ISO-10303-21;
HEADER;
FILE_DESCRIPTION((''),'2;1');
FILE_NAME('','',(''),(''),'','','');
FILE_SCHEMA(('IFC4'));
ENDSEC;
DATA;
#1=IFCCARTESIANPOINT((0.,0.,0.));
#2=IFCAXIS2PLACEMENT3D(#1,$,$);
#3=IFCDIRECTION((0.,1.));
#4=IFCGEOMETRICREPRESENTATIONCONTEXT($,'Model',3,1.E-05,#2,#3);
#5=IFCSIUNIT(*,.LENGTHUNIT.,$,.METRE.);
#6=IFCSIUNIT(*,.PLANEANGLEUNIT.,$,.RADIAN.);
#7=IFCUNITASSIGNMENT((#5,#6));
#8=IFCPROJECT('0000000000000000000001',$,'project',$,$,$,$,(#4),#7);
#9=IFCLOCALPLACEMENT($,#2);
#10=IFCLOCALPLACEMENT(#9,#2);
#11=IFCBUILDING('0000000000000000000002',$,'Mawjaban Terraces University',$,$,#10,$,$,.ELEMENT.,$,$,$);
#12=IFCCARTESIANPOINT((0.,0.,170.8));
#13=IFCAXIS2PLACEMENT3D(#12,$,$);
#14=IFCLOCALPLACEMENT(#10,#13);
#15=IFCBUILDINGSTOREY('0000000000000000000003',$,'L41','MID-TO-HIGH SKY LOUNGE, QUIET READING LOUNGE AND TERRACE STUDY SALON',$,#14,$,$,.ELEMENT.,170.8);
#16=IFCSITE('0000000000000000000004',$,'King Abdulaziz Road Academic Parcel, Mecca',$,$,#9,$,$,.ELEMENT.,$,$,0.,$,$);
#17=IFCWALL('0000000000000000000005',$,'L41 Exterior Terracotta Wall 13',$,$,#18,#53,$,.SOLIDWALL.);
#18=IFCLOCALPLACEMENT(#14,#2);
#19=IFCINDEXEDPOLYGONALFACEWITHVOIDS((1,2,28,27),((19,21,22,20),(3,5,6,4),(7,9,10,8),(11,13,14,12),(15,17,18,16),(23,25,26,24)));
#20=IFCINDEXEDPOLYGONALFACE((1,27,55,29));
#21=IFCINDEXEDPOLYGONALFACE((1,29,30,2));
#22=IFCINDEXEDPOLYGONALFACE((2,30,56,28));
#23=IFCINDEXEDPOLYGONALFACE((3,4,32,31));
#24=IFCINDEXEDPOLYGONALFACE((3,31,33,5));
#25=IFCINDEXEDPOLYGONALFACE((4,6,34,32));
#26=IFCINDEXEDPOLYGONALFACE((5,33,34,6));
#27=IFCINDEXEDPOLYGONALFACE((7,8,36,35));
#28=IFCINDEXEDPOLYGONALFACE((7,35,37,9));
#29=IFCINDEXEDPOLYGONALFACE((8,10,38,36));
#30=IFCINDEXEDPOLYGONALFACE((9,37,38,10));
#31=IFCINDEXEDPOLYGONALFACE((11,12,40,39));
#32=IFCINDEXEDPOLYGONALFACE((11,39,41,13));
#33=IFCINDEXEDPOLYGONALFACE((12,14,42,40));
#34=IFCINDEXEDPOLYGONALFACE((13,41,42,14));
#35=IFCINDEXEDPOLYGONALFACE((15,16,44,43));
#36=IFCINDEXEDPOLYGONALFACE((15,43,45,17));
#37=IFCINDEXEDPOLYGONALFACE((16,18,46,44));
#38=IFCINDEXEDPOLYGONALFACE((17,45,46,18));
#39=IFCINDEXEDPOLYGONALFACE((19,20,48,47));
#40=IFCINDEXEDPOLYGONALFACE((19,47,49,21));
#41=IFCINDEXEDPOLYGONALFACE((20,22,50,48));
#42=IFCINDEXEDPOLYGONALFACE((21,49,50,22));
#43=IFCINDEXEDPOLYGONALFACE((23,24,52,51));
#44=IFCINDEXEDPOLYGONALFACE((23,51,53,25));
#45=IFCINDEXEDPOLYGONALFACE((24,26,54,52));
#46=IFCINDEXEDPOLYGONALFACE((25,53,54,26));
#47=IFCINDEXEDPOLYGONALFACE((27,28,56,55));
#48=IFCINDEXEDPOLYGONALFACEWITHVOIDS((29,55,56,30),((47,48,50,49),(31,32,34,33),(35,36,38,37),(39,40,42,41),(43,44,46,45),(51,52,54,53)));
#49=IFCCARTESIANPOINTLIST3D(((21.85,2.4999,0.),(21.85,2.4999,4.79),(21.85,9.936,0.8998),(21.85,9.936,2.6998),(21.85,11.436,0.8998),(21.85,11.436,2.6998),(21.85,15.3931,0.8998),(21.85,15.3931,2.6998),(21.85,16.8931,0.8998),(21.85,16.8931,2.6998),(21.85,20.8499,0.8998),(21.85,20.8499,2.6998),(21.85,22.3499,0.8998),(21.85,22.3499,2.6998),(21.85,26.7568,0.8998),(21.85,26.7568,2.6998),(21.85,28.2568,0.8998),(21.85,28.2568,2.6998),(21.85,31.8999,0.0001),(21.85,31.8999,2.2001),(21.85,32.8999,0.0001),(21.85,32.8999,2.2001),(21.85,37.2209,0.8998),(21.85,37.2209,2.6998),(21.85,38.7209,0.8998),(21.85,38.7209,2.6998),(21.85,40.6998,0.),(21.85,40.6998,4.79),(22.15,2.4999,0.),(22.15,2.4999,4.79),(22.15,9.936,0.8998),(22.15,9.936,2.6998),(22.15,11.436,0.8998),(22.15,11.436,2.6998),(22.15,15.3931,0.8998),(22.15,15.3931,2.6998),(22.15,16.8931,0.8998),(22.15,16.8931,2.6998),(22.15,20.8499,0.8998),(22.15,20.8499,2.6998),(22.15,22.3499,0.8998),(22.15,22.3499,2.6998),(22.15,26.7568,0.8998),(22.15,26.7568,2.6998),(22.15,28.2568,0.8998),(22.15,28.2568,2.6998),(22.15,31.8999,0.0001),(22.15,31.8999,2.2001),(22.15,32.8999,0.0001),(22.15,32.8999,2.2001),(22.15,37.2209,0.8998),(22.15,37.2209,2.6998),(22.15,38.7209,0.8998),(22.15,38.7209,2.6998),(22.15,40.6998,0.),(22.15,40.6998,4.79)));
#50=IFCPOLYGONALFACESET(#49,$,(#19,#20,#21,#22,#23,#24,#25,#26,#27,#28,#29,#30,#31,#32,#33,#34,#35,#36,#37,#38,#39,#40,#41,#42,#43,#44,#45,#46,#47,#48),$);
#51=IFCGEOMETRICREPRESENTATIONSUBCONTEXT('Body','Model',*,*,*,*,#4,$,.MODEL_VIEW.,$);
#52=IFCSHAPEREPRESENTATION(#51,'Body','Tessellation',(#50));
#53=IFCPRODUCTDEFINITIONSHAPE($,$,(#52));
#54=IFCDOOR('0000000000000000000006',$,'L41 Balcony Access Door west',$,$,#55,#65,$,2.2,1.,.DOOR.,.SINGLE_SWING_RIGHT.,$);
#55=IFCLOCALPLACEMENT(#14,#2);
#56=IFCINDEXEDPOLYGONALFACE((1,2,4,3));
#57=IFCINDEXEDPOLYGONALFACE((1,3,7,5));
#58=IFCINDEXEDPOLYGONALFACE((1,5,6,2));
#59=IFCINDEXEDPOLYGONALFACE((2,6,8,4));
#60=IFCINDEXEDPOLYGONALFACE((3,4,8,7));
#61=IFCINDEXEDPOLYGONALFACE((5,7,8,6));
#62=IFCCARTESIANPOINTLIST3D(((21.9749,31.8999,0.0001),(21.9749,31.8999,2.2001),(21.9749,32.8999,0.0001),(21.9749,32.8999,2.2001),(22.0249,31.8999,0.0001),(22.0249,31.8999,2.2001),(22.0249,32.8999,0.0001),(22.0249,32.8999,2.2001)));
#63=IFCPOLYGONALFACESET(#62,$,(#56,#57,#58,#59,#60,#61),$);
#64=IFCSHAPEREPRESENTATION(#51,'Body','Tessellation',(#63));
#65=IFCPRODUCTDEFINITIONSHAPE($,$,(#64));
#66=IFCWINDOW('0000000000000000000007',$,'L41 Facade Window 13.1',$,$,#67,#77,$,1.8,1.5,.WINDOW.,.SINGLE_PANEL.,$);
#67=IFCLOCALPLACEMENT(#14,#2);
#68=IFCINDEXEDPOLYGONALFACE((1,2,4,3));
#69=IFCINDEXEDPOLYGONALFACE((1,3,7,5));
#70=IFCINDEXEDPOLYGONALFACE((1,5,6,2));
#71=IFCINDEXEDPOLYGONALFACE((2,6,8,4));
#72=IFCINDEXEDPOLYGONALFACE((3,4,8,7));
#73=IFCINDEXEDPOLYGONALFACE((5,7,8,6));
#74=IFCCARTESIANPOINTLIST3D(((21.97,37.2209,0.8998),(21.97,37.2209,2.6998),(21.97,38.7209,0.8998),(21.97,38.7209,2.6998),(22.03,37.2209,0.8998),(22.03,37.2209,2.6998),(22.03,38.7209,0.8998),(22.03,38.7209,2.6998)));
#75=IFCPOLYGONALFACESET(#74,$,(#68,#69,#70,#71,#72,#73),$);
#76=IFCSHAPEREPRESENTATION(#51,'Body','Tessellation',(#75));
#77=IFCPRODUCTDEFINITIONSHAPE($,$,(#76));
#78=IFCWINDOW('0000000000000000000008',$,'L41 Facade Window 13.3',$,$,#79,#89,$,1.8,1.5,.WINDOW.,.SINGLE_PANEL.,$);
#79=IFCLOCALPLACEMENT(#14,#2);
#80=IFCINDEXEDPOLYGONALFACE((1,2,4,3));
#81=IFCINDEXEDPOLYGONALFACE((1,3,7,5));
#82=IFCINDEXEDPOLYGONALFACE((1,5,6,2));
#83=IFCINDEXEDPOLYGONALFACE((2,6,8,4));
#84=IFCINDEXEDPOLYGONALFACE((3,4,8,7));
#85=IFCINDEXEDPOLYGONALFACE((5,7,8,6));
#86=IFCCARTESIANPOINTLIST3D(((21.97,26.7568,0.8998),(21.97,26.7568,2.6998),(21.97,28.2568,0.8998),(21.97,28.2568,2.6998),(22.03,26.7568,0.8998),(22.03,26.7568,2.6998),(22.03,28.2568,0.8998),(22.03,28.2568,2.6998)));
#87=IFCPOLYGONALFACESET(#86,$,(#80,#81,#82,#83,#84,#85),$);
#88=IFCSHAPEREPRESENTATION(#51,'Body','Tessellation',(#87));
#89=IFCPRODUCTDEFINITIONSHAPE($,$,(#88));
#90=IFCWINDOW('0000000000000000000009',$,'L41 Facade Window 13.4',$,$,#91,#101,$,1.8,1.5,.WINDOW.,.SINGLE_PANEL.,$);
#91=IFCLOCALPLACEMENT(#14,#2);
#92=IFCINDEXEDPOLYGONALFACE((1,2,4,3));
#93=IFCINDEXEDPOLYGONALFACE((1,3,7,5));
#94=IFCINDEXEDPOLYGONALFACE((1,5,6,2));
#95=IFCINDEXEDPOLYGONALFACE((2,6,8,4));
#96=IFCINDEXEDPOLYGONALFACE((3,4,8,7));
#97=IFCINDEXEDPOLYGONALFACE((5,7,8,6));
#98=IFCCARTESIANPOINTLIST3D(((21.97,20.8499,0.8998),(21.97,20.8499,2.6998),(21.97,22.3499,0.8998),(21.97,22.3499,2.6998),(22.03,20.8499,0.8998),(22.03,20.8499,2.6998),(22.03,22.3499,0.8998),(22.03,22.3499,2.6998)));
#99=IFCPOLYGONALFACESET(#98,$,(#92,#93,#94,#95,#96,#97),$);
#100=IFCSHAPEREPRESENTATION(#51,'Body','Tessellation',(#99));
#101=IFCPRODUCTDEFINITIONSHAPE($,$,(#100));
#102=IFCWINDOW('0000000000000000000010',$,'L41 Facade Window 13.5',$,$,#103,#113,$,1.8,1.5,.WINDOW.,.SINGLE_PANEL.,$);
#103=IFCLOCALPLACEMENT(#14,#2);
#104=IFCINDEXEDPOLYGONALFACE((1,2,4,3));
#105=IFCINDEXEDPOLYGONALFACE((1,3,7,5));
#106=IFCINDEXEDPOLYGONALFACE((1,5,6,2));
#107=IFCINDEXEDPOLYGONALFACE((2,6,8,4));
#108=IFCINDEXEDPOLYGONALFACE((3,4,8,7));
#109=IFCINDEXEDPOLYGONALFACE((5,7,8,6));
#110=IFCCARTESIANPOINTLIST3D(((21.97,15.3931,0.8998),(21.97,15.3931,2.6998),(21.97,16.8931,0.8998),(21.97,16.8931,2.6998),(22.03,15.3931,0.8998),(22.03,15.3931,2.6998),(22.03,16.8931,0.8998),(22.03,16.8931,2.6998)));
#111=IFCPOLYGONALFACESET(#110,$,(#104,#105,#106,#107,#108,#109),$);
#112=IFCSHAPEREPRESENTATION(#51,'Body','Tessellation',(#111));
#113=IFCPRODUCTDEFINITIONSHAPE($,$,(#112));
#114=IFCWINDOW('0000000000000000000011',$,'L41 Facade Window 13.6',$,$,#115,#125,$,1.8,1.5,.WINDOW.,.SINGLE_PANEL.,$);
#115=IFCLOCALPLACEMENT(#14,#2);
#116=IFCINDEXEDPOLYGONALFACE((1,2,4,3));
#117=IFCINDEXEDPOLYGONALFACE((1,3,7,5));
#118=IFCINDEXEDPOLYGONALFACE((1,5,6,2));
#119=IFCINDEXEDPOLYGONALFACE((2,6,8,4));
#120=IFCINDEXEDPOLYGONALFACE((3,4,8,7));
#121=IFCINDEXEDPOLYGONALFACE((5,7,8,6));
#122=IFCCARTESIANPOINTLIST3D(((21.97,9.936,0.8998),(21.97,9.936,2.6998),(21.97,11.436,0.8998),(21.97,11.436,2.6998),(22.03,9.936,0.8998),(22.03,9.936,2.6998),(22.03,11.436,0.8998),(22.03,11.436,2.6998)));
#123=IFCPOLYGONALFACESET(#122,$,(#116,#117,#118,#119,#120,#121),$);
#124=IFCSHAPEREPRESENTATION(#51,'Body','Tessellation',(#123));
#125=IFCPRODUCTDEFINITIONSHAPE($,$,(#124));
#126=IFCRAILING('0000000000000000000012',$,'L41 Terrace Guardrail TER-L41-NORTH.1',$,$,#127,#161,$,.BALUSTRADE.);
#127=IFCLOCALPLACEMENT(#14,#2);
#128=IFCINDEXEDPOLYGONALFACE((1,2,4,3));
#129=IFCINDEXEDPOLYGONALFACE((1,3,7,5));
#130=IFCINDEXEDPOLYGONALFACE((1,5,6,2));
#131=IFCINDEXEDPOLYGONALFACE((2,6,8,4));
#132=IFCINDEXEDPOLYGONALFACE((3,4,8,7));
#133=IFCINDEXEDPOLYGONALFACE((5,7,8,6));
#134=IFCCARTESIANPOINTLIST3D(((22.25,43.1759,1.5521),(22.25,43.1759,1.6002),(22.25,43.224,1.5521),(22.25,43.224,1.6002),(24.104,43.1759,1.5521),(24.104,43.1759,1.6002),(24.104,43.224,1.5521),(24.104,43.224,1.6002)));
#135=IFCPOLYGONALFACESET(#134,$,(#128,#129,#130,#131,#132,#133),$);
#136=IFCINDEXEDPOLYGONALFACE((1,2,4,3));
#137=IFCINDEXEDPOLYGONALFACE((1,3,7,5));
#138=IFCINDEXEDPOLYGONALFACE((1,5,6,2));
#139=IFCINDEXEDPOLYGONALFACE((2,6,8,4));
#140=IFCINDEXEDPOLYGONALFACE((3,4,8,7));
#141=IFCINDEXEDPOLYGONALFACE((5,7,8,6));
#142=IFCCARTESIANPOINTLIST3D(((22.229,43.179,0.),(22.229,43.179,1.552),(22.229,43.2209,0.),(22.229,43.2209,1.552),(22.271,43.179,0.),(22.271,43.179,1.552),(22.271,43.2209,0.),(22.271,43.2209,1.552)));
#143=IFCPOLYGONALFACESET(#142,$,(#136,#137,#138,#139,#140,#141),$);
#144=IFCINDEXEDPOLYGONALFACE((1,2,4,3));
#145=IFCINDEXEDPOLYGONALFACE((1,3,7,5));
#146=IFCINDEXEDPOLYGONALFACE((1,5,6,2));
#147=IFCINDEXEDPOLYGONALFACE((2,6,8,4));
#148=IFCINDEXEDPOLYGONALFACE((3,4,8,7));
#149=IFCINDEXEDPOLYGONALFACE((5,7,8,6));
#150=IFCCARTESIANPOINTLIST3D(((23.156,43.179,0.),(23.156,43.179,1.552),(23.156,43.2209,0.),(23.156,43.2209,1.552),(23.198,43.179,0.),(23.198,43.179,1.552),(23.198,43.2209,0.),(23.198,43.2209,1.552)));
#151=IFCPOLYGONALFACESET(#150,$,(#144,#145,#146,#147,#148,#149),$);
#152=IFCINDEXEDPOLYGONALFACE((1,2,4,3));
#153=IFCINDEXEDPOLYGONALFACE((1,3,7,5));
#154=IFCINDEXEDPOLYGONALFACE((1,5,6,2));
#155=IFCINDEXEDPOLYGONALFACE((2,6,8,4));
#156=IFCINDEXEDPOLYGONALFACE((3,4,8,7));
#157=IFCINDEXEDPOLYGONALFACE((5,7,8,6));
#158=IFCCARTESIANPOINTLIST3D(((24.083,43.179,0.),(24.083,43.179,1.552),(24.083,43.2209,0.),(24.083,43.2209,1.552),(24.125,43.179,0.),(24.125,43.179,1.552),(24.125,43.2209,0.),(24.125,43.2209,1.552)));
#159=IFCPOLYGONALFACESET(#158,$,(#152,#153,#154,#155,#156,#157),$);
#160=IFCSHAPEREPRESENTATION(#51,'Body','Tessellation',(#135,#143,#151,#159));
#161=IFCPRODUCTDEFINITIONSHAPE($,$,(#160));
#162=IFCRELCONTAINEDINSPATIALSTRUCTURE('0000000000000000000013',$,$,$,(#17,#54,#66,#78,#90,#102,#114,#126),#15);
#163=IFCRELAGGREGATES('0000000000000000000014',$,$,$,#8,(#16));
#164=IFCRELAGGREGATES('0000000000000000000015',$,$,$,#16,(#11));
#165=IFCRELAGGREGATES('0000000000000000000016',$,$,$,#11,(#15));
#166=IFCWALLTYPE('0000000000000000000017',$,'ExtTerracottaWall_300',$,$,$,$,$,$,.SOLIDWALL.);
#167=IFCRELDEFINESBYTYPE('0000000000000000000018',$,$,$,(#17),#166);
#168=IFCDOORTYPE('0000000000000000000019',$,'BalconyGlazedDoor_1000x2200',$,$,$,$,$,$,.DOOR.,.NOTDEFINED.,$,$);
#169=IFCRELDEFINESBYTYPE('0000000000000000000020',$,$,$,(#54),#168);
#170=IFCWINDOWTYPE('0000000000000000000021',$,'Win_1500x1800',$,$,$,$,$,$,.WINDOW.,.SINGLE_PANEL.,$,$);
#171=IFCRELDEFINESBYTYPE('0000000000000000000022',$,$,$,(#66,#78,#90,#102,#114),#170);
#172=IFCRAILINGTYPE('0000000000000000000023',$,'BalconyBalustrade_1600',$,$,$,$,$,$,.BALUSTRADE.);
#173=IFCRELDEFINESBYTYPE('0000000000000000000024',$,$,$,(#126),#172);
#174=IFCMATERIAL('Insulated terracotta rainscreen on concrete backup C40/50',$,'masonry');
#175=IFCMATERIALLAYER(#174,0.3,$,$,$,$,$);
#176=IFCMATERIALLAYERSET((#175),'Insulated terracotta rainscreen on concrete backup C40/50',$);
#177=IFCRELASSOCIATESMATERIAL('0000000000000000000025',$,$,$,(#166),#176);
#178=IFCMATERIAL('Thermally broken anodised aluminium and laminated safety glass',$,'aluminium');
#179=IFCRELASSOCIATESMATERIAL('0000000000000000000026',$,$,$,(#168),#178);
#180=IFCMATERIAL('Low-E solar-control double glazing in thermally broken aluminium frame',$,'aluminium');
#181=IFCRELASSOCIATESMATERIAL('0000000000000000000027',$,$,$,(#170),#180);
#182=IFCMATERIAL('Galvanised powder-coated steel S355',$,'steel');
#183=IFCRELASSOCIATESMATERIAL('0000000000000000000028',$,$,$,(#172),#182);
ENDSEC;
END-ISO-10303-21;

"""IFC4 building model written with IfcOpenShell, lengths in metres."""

from ifc_helpers import new_model, si_unit, direction, frame, frame_2d, origin, origin_2d, place, context, subcontext, project, spatial, rectangle, extrude, material, layer, layer_set, type_object, element, fill, save


model = new_model("IFC4")

# Units and contexts
model_context = context("Model", 3, precision=1e-05, world=origin(), true_north=direction((0.0, 1.0)))
body_context = subcontext(model_context, "Body", "Model", "MODEL_VIEW")
ifc_project = project(units=[si_unit("LENGTHUNIT", "METRE"), si_unit("PLANEANGLEUNIT", "RADIAN")], contexts=[model_context])

# Site, building, storey
site_placement = place(None, origin())
site = spatial("IfcSite", under=ifc_project, at=site_placement, Name="King Abdulaziz Road Academic Parcel, Mecca", CompositionType="ELEMENT", RefElevation=0.0)
building_placement = place(site_placement, origin())
building = spatial("IfcBuilding", under=site, at=building_placement, Name="Mawjaban Terraces University", CompositionType="ELEMENT")
storey_placement = place(building_placement, frame((0.0, 0.0, 170.8)))
storey = spatial("IfcBuildingStorey", under=building, at=storey_placement, Name="L41", Description="MID-TO-HIGH SKY LOUNGE, QUIET READING LOUNGE AND TERRACE STUDY SALON", CompositionType="ELEMENT", Elevation=170.8)

# Shared definitions
ifc_material_1 = material(Name="Insulated terracotta rainscreen on concrete backup C40/50", Category="masonry")
ifc_layer_1 = layer(ifc_material_1, 0.3)
ifc_layer_set_1 = layer_set([ifc_layer_1], Name="Insulated terracotta rainscreen on concrete backup C40/50")
wall_type_1 = type_object("IfcWallType", Name="ExtTerracottaWall_300", PredefinedType="SOLIDWALL", material=ifc_layer_set_1)
ifc_material_2 = material(Name="Thermally broken anodised aluminium and laminated safety glass", Category="aluminium")
ifc_material_3 = material(Name="Low-E solar-control double glazing in thermally broken aluminium frame", Category="aluminium")

# Wall, openings, door, windows
wall_1_placement = place(storey_placement, frame((22.0, 40.7, 0.0), z_axis=(0.0, 0.0, 1.0), x_axis=(0.0, -1.0, 0.0)))
wall_1 = element("IfcWall", 1, at=wall_1_placement, inside=storey, type_object=wall_type_1, Name="L41 Exterior Terracotta Wall 13", PredefinedType="SOLIDWALL", context=body_context, shape_type="SweptSolid", body=[
    extrude(rectangle(XDim=38.2, YDim=0.3, at=frame_2d((19.1001, 0.0))), origin(), (0.0, 0.0, 1.0), 4.79),
])
opening_1_placement = place(wall_1_placement, frame((7.8, 0.0, 0.0)))
opening_1 = element("IfcOpeningElement", 2, at=opening_1_placement, cuts=wall_1, PredefinedType="OPENING", context=body_context, shape_type="SweptSolid", body=[
    extrude(rectangle(XDim=1.0, YDim=2.2, at=frame_2d((0.5, 1.1001))), frame((0.0, 0.1599, 0.0), z_axis=(0.0, -1.0, 0.0), x_axis=(1.0, 0.0, 0.0)), (0.0, 0.0, 1.0), 0.3201),
])
opening_2_placement = place(wall_1_placement, frame((1.979, 0.0, 0.8999)))
opening_2 = element("IfcOpeningElement", 3, at=opening_2_placement, cuts=wall_1, PredefinedType="OPENING", context=body_context, shape_type="SweptSolid", body=[
    extrude(rectangle(XDim=1.5, YDim=1.8, at=frame_2d((0.75, 0.8999))), frame((0.0, 0.1599, 0.0), z_axis=(0.0, -1.0, 0.0), x_axis=(1.0, 0.0, 0.0)), (0.0, 0.0, 1.0), 0.3201),
])
opening_3_placement = place(wall_1_placement, frame((12.4431, 0.0, 0.8999)))
opening_3 = element("IfcOpeningElement", 4, at=opening_3_placement, cuts=wall_1, PredefinedType="OPENING", context=body_context, shape_type="SweptSolid", body=[
    extrude(rectangle(XDim=1.5, YDim=1.8, at=frame_2d((0.75, 0.8999))), frame((0.0, 0.1599, 0.0), z_axis=(0.0, -1.0, 0.0), x_axis=(1.0, 0.0, 0.0)), (0.0, 0.0, 1.0), 0.3201),
])
opening_4_placement = place(wall_1_placement, frame((18.3501, 0.0, 0.8999)))
opening_4 = element("IfcOpeningElement", 5, at=opening_4_placement, cuts=wall_1, PredefinedType="OPENING", context=body_context, shape_type="SweptSolid", body=[
    extrude(rectangle(XDim=1.5, YDim=1.8, at=frame_2d((0.75, 0.8999))), frame((0.0, 0.1599, 0.0), z_axis=(0.0, -1.0, 0.0), x_axis=(1.0, 0.0, 0.0)), (0.0, 0.0, 1.0), 0.3201),
])
opening_5_placement = place(wall_1_placement, frame((23.8069, 0.0, 0.8999)))
opening_5 = element("IfcOpeningElement", 6, at=opening_5_placement, cuts=wall_1, PredefinedType="OPENING", context=body_context, shape_type="SweptSolid", body=[
    extrude(rectangle(XDim=1.5, YDim=1.8, at=frame_2d((0.75, 0.8999))), frame((0.0, 0.1599, 0.0), z_axis=(0.0, -1.0, 0.0), x_axis=(1.0, 0.0, 0.0)), (0.0, 0.0, 1.0), 0.3201),
])
opening_6_placement = place(wall_1_placement, frame((29.2639, 0.0, 0.8999)))
opening_6 = element("IfcOpeningElement", 7, at=opening_6_placement, cuts=wall_1, PredefinedType="OPENING", context=body_context, shape_type="SweptSolid", body=[
    extrude(rectangle(XDim=1.5, YDim=1.8, at=frame_2d((0.75, 0.8999))), frame((0.0, 0.1599, 0.0), z_axis=(0.0, -1.0, 0.0), x_axis=(1.0, 0.0, 0.0)), (0.0, 0.0, 1.0), 0.3201),
])
door_type_1 = type_object("IfcDoorType", Name="BalconyGlazedDoor_1000x2200", OperationType="NOTDEFINED", PredefinedType="DOOR", material=ifc_material_2)
door_1_placement = place(opening_1_placement, origin())
door_1 = element("IfcDoor", 8, at=door_1_placement, inside=storey, type_object=door_type_1, Name="L41 Balcony Access Door west", OperationType="SINGLE_SWING_RIGHT", OverallHeight=2.2, OverallWidth=1.0, PredefinedType="DOOR", context=body_context, shape_type="SweptSolid", body=[
    extrude(rectangle(XDim=1.0, YDim=2.2, at=frame_2d((0.5, 1.1001))), frame((0.0, 0.0249, 0.0), z_axis=(0.0, -1.0, 0.0), x_axis=(1.0, 0.0, 0.0)), (0.0, 0.0, 1.0), 0.05),
])
fill(opening_1, door_1)
window_type_1 = type_object("IfcWindowType", Name="Win_1500x1800", PartitioningType="SINGLE_PANEL", PredefinedType="WINDOW", material=ifc_material_3)
window_1_placement = place(opening_2_placement, origin())
window_1 = element("IfcWindow", 9, at=window_1_placement, inside=storey, type_object=window_type_1, Name="L41 Facade Window 13.1", OverallHeight=1.8, OverallWidth=1.5, PartitioningType="SINGLE_PANEL", PredefinedType="WINDOW", context=body_context, shape_type="SweptSolid", body=[
    extrude(rectangle(XDim=1.5, YDim=1.8, at=frame_2d((0.75, 0.8999))), frame((0.0, 0.03, 0.0), z_axis=(0.0, -1.0, 0.0), x_axis=(1.0, 0.0, 0.0)), (0.0, 0.0, 1.0), 0.0601),
])
fill(opening_2, window_1)
window_2_placement = place(opening_3_placement, origin())
window_2 = element("IfcWindow", 10, at=window_2_placement, inside=storey, type_object=window_type_1, Name="L41 Facade Window 13.3", OverallHeight=1.8, OverallWidth=1.5, PartitioningType="SINGLE_PANEL", PredefinedType="WINDOW", context=body_context, shape_type="SweptSolid", body=[
    extrude(rectangle(XDim=1.5, YDim=1.8, at=frame_2d((0.75, 0.8999))), frame((0.0, 0.03, 0.0), z_axis=(0.0, -1.0, 0.0), x_axis=(1.0, 0.0, 0.0)), (0.0, 0.0, 1.0), 0.0601),
])
fill(opening_3, window_2)
window_3_placement = place(opening_4_placement, origin())
window_3 = element("IfcWindow", 11, at=window_3_placement, inside=storey, type_object=window_type_1, Name="L41 Facade Window 13.4", OverallHeight=1.8, OverallWidth=1.5, PartitioningType="SINGLE_PANEL", PredefinedType="WINDOW", context=body_context, shape_type="SweptSolid", body=[
    extrude(rectangle(XDim=1.5, YDim=1.8, at=frame_2d((0.75, 0.8999))), frame((0.0, 0.03, 0.0), z_axis=(0.0, -1.0, 0.0), x_axis=(1.0, 0.0, 0.0)), (0.0, 0.0, 1.0), 0.0601),
])
fill(opening_4, window_3)
window_4_placement = place(opening_5_placement, origin())
window_4 = element("IfcWindow", 12, at=window_4_placement, inside=storey, type_object=window_type_1, Name="L41 Facade Window 13.5", OverallHeight=1.8, OverallWidth=1.5, PartitioningType="SINGLE_PANEL", PredefinedType="WINDOW", context=body_context, shape_type="SweptSolid", body=[
    extrude(rectangle(XDim=1.5, YDim=1.8, at=frame_2d((0.75, 0.8999))), frame((0.0, 0.03, 0.0), z_axis=(0.0, -1.0, 0.0), x_axis=(1.0, 0.0, 0.0)), (0.0, 0.0, 1.0), 0.0601),
])
fill(opening_5, window_4)
window_5_placement = place(opening_6_placement, origin())
window_5 = element("IfcWindow", 13, at=window_5_placement, inside=storey, type_object=window_type_1, Name="L41 Facade Window 13.6", OverallHeight=1.8, OverallWidth=1.5, PartitioningType="SINGLE_PANEL", PredefinedType="WINDOW", context=body_context, shape_type="SweptSolid", body=[
    extrude(rectangle(XDim=1.5, YDim=1.8, at=frame_2d((0.75, 0.8999))), frame((0.0, 0.03, 0.0), z_axis=(0.0, -1.0, 0.0), x_axis=(1.0, 0.0, 0.0)), (0.0, 0.0, 1.0), 0.0601),
])
fill(opening_6, window_5)

# Railing
ifc_material_4 = material(Name="Galvanised powder-coated steel S355", Category="steel")
railing_type = type_object("IfcRailingType", Name="BalconyBalustrade_1600", PredefinedType="BALUSTRADE", material=ifc_material_4)
for number, where, name in (
    (14, (22.25, 43.2, 0.0), "L41 Terrace Guardrail TER-L41-NORTH.1"),
):
    element("IfcRailing", number, at=place(storey_placement, frame(where)), inside=storey, type_object=railing_type, Name=name, PredefinedType="BALUSTRADE", context=body_context, shape_type="SweptSolid", body=[
        extrude(rectangle(XDim=0.0481, YDim=0.0481, at=origin_2d()), frame((0.0, 0.0, 1.5762), z_axis=(1.0, 0.0, 0.0), x_axis=(0.0, 1.0, 0.0)), (0.0, 0.0, 1.0), 1.854),
        extrude(rectangle(XDim=0.042, YDim=0.042, at=origin_2d()), origin(), (0.0, 0.0, 1.0), 1.552),
        extrude(rectangle(XDim=0.042, YDim=0.042, at=origin_2d()), frame((0.927, 0.0, 0.0)), (0.0, 0.0, 1.0), 1.552),
        extrude(rectangle(XDim=0.042, YDim=0.042, at=origin_2d()), frame((1.854, 0.0, 0.0)), (0.0, 0.0, 1.0), 1.552),
    ])

save(model, "model.ifc")
